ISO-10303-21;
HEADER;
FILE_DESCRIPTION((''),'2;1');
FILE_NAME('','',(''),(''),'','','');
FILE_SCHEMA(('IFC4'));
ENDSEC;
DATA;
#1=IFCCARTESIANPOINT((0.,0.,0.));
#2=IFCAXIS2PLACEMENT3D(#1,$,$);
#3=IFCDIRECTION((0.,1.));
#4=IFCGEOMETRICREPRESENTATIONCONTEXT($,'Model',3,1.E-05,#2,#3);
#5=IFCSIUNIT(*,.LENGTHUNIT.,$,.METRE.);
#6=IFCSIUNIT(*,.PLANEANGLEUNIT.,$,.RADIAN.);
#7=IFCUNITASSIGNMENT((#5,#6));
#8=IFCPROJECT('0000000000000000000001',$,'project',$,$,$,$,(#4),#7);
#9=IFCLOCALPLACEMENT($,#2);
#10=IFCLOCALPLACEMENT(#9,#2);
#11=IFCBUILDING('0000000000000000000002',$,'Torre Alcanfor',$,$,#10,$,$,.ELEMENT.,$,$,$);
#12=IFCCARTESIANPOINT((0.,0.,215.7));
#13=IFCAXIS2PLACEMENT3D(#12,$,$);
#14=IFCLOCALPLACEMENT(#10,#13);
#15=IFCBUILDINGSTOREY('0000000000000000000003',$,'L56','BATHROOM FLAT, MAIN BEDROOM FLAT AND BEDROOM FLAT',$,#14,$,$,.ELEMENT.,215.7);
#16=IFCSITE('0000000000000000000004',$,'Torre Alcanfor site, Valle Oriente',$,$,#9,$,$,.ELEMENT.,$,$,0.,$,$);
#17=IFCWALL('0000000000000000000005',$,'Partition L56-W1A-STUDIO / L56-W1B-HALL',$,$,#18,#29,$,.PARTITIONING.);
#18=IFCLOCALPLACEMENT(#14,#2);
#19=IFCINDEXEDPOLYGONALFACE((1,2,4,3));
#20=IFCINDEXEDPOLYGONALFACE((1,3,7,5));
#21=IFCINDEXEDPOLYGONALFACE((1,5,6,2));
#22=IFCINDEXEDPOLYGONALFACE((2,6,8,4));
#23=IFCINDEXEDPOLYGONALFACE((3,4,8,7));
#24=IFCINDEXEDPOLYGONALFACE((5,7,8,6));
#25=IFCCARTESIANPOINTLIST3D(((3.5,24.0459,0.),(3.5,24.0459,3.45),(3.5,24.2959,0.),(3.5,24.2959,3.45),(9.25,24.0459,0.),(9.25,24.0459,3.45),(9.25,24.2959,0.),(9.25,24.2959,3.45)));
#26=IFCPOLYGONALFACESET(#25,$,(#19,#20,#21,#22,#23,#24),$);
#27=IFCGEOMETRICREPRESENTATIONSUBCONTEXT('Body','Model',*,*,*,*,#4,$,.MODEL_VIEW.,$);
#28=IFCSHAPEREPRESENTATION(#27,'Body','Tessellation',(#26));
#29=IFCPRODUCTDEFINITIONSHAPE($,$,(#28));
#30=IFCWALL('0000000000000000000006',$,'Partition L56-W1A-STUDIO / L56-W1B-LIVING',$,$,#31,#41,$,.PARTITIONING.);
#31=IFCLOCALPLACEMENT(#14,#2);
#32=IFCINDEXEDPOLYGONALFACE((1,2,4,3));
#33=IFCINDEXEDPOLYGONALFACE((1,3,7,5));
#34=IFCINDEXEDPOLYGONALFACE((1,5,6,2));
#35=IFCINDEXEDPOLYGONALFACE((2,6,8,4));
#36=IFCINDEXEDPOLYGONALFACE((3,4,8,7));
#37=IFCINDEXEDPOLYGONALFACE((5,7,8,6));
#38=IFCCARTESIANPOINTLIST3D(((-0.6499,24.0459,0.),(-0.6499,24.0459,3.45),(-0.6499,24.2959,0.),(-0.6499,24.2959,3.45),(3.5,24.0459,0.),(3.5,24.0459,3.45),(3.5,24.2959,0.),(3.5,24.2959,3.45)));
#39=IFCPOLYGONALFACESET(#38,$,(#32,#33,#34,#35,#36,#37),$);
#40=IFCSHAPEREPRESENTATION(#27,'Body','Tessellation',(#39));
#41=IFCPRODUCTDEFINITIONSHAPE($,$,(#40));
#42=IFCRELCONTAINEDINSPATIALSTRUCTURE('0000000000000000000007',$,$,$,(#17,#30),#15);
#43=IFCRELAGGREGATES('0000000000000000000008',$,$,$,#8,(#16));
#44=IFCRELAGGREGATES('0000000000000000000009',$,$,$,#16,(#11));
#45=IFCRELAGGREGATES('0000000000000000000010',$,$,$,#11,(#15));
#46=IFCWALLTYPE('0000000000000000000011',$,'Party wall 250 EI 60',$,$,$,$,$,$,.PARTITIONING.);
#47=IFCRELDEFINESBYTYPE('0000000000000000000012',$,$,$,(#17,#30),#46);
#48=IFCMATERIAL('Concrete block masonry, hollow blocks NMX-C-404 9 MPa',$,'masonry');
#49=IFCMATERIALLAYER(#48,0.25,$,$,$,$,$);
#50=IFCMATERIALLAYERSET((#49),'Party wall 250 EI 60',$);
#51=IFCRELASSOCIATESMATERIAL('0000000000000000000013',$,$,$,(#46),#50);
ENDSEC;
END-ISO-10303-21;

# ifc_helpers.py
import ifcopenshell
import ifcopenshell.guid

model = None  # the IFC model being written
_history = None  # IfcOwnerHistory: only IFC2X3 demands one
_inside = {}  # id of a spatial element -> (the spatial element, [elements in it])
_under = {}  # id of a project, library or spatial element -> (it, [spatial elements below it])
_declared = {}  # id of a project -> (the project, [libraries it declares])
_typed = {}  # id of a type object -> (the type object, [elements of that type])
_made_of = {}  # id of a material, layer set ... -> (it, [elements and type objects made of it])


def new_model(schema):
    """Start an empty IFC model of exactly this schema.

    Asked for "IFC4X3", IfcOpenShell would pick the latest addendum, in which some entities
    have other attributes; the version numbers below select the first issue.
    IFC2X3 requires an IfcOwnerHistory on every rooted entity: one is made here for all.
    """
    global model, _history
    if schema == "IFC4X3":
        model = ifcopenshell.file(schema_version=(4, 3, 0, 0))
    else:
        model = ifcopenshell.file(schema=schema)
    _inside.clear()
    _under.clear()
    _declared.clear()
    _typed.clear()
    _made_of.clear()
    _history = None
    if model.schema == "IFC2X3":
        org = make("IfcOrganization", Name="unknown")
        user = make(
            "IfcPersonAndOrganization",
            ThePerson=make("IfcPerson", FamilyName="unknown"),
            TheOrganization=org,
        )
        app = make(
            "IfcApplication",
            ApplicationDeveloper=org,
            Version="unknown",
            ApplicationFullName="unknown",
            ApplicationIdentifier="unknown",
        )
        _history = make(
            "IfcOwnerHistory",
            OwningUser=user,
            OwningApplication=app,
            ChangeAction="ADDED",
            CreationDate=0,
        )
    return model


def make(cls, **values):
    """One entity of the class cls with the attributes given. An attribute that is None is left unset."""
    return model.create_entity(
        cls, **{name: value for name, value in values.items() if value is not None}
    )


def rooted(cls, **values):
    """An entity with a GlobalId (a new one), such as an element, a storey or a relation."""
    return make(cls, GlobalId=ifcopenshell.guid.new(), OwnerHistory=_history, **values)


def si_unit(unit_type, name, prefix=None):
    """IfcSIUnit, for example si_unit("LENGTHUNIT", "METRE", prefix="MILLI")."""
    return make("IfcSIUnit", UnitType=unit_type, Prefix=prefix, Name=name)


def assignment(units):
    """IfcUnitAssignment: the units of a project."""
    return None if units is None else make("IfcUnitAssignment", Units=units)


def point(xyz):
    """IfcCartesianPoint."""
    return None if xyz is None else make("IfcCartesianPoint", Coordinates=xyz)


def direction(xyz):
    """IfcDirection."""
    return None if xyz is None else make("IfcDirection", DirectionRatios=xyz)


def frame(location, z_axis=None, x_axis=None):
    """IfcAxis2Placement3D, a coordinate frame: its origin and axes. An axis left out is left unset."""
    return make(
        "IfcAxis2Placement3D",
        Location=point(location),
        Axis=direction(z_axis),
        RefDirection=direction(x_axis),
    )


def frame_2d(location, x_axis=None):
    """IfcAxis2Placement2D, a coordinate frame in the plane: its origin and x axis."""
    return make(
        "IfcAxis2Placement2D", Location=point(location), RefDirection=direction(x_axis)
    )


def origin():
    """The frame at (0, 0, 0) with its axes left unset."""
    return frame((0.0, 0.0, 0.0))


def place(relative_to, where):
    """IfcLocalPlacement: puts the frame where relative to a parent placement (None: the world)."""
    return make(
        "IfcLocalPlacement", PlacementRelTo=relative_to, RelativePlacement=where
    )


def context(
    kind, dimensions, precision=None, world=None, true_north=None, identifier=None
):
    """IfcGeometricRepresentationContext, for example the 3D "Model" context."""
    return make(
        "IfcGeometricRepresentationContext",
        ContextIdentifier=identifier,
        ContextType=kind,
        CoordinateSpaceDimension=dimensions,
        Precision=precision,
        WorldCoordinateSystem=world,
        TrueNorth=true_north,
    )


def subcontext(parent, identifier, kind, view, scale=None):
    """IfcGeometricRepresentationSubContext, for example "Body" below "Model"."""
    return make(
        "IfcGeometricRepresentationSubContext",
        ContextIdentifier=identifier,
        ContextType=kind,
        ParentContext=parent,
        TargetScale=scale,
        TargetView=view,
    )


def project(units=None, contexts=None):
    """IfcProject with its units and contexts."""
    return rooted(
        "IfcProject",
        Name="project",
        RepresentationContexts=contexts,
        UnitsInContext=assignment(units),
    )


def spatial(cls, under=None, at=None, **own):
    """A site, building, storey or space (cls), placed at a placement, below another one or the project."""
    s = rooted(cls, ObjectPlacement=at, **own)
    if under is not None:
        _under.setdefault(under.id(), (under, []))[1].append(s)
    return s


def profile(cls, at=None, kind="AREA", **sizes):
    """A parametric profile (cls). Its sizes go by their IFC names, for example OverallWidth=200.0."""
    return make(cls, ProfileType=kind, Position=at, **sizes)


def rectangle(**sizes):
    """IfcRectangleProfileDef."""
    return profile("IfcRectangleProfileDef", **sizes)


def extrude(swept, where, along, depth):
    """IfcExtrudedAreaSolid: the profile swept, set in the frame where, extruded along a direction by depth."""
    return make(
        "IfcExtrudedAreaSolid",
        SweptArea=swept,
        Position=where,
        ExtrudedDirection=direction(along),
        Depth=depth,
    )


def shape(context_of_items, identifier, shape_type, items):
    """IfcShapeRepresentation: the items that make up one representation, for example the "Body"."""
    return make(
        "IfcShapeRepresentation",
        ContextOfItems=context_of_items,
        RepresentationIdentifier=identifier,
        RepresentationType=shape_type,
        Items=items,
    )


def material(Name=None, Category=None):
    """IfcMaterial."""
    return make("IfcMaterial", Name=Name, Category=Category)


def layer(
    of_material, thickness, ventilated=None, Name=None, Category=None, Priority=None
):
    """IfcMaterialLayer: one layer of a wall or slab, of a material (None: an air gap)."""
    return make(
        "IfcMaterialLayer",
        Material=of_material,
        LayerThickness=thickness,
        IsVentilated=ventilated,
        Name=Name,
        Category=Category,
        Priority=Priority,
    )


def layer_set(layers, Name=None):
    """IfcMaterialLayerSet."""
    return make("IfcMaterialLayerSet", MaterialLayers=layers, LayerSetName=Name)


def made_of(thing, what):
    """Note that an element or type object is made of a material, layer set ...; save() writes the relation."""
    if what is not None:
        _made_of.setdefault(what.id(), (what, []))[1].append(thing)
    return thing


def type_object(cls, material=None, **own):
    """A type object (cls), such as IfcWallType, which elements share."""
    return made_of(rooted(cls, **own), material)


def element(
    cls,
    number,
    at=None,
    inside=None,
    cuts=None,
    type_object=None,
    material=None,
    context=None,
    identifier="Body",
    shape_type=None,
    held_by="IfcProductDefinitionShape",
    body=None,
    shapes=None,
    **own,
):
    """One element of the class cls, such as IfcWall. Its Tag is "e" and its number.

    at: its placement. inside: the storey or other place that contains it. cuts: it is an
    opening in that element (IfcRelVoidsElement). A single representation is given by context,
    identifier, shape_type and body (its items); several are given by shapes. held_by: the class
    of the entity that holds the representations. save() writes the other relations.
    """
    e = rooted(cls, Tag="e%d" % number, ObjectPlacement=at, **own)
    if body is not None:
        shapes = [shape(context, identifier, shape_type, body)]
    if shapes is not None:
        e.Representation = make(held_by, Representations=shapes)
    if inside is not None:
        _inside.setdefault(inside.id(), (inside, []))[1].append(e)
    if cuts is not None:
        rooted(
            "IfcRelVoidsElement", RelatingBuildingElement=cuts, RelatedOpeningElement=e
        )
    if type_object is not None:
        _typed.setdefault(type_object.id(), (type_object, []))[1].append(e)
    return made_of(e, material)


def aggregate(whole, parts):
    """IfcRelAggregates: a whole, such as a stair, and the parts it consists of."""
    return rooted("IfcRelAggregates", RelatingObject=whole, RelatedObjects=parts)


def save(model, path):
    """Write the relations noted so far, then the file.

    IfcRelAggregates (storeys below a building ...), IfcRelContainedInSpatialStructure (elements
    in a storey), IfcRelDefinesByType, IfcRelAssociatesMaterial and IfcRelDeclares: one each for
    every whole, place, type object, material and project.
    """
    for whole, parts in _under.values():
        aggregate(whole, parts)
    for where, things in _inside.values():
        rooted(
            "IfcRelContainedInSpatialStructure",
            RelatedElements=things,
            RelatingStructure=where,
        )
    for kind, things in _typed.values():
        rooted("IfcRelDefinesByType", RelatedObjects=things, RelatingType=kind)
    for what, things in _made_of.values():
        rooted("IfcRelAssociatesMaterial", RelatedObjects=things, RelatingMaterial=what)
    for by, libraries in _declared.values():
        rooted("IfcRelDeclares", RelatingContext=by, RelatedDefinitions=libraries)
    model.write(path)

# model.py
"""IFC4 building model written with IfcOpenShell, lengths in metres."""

from ifc_helpers import new_model, si_unit, direction, frame, frame_2d, origin, place, context, subcontext, project, spatial, rectangle, extrude, material, layer, layer_set, type_object, element, save


model = new_model("IFC4")

# Units and contexts
model_context = context("Model", 3, precision=1e-05, world=origin(), true_north=direction((0.0, 1.0)))
body_context = subcontext(model_context, "Body", "Model", "MODEL_VIEW")
ifc_project = project(units=[si_unit("LENGTHUNIT", "METRE"), si_unit("PLANEANGLEUNIT", "RADIAN")], contexts=[model_context])

# Site, building, storey
site_placement = place(None, origin())
site = spatial("IfcSite", under=ifc_project, at=site_placement, Name="Torre Alcanfor site, Valle Oriente", CompositionType="ELEMENT", RefElevation=0.0)
building_placement = place(site_placement, origin())
building = spatial("IfcBuilding", under=site, at=building_placement, Name="Torre Alcanfor", CompositionType="ELEMENT")
storey_placement = place(building_placement, frame((0.0, 0.0, 215.7)))
storey = spatial("IfcBuildingStorey", under=building, at=storey_placement, Name="L56", Description="BATHROOM FLAT, MAIN BEDROOM FLAT AND BEDROOM FLAT", CompositionType="ELEMENT", Elevation=215.7)

# Walls
ifc_material_1 = material(Name="Concrete block masonry, hollow blocks NMX-C-404 9 MPa", Category="masonry")
ifc_layer_1 = layer(ifc_material_1, 0.25)
ifc_layer_set_1 = layer_set([ifc_layer_1], Name="Party wall 250 EI 60")
wall_type_1 = type_object("IfcWallType", Name="Party wall 250 EI 60", PredefinedType="PARTITIONING", material=ifc_layer_set_1)
wall_1_placement = place(storey_placement, frame((3.5, 24.1709, 0.0), z_axis=(0.0, 0.0, 1.0), x_axis=(1.0, 0.0, 0.0)))
element("IfcWall", 1, at=wall_1_placement, inside=storey, type_object=wall_type_1, Name="Partition L56-W1A-STUDIO / L56-W1B-HALL", PredefinedType="PARTITIONING", context=body_context, shape_type="SweptSolid", body=[
    extrude(rectangle(XDim=5.75, YDim=0.25, at=frame_2d((2.875, 0.0))), origin(), (0.0, 0.0, 1.0), 3.45),
])
wall_2_placement = place(storey_placement, frame((-0.6499, 24.1709, 0.0), z_axis=(0.0, 0.0, 1.0), x_axis=(1.0, 0.0, 0.0)))
element("IfcWall", 2, at=wall_2_placement, inside=storey, type_object=wall_type_1, Name="Partition L56-W1A-STUDIO / L56-W1B-LIVING", PredefinedType="PARTITIONING", context=body_context, shape_type="SweptSolid", body=[
    extrude(rectangle(XDim=4.1499, YDim=0.25, at=frame_2d((2.075, 0.0))), origin(), (0.0, 0.0, 1.0), 3.45),
])

save(model, "model.ifc")
